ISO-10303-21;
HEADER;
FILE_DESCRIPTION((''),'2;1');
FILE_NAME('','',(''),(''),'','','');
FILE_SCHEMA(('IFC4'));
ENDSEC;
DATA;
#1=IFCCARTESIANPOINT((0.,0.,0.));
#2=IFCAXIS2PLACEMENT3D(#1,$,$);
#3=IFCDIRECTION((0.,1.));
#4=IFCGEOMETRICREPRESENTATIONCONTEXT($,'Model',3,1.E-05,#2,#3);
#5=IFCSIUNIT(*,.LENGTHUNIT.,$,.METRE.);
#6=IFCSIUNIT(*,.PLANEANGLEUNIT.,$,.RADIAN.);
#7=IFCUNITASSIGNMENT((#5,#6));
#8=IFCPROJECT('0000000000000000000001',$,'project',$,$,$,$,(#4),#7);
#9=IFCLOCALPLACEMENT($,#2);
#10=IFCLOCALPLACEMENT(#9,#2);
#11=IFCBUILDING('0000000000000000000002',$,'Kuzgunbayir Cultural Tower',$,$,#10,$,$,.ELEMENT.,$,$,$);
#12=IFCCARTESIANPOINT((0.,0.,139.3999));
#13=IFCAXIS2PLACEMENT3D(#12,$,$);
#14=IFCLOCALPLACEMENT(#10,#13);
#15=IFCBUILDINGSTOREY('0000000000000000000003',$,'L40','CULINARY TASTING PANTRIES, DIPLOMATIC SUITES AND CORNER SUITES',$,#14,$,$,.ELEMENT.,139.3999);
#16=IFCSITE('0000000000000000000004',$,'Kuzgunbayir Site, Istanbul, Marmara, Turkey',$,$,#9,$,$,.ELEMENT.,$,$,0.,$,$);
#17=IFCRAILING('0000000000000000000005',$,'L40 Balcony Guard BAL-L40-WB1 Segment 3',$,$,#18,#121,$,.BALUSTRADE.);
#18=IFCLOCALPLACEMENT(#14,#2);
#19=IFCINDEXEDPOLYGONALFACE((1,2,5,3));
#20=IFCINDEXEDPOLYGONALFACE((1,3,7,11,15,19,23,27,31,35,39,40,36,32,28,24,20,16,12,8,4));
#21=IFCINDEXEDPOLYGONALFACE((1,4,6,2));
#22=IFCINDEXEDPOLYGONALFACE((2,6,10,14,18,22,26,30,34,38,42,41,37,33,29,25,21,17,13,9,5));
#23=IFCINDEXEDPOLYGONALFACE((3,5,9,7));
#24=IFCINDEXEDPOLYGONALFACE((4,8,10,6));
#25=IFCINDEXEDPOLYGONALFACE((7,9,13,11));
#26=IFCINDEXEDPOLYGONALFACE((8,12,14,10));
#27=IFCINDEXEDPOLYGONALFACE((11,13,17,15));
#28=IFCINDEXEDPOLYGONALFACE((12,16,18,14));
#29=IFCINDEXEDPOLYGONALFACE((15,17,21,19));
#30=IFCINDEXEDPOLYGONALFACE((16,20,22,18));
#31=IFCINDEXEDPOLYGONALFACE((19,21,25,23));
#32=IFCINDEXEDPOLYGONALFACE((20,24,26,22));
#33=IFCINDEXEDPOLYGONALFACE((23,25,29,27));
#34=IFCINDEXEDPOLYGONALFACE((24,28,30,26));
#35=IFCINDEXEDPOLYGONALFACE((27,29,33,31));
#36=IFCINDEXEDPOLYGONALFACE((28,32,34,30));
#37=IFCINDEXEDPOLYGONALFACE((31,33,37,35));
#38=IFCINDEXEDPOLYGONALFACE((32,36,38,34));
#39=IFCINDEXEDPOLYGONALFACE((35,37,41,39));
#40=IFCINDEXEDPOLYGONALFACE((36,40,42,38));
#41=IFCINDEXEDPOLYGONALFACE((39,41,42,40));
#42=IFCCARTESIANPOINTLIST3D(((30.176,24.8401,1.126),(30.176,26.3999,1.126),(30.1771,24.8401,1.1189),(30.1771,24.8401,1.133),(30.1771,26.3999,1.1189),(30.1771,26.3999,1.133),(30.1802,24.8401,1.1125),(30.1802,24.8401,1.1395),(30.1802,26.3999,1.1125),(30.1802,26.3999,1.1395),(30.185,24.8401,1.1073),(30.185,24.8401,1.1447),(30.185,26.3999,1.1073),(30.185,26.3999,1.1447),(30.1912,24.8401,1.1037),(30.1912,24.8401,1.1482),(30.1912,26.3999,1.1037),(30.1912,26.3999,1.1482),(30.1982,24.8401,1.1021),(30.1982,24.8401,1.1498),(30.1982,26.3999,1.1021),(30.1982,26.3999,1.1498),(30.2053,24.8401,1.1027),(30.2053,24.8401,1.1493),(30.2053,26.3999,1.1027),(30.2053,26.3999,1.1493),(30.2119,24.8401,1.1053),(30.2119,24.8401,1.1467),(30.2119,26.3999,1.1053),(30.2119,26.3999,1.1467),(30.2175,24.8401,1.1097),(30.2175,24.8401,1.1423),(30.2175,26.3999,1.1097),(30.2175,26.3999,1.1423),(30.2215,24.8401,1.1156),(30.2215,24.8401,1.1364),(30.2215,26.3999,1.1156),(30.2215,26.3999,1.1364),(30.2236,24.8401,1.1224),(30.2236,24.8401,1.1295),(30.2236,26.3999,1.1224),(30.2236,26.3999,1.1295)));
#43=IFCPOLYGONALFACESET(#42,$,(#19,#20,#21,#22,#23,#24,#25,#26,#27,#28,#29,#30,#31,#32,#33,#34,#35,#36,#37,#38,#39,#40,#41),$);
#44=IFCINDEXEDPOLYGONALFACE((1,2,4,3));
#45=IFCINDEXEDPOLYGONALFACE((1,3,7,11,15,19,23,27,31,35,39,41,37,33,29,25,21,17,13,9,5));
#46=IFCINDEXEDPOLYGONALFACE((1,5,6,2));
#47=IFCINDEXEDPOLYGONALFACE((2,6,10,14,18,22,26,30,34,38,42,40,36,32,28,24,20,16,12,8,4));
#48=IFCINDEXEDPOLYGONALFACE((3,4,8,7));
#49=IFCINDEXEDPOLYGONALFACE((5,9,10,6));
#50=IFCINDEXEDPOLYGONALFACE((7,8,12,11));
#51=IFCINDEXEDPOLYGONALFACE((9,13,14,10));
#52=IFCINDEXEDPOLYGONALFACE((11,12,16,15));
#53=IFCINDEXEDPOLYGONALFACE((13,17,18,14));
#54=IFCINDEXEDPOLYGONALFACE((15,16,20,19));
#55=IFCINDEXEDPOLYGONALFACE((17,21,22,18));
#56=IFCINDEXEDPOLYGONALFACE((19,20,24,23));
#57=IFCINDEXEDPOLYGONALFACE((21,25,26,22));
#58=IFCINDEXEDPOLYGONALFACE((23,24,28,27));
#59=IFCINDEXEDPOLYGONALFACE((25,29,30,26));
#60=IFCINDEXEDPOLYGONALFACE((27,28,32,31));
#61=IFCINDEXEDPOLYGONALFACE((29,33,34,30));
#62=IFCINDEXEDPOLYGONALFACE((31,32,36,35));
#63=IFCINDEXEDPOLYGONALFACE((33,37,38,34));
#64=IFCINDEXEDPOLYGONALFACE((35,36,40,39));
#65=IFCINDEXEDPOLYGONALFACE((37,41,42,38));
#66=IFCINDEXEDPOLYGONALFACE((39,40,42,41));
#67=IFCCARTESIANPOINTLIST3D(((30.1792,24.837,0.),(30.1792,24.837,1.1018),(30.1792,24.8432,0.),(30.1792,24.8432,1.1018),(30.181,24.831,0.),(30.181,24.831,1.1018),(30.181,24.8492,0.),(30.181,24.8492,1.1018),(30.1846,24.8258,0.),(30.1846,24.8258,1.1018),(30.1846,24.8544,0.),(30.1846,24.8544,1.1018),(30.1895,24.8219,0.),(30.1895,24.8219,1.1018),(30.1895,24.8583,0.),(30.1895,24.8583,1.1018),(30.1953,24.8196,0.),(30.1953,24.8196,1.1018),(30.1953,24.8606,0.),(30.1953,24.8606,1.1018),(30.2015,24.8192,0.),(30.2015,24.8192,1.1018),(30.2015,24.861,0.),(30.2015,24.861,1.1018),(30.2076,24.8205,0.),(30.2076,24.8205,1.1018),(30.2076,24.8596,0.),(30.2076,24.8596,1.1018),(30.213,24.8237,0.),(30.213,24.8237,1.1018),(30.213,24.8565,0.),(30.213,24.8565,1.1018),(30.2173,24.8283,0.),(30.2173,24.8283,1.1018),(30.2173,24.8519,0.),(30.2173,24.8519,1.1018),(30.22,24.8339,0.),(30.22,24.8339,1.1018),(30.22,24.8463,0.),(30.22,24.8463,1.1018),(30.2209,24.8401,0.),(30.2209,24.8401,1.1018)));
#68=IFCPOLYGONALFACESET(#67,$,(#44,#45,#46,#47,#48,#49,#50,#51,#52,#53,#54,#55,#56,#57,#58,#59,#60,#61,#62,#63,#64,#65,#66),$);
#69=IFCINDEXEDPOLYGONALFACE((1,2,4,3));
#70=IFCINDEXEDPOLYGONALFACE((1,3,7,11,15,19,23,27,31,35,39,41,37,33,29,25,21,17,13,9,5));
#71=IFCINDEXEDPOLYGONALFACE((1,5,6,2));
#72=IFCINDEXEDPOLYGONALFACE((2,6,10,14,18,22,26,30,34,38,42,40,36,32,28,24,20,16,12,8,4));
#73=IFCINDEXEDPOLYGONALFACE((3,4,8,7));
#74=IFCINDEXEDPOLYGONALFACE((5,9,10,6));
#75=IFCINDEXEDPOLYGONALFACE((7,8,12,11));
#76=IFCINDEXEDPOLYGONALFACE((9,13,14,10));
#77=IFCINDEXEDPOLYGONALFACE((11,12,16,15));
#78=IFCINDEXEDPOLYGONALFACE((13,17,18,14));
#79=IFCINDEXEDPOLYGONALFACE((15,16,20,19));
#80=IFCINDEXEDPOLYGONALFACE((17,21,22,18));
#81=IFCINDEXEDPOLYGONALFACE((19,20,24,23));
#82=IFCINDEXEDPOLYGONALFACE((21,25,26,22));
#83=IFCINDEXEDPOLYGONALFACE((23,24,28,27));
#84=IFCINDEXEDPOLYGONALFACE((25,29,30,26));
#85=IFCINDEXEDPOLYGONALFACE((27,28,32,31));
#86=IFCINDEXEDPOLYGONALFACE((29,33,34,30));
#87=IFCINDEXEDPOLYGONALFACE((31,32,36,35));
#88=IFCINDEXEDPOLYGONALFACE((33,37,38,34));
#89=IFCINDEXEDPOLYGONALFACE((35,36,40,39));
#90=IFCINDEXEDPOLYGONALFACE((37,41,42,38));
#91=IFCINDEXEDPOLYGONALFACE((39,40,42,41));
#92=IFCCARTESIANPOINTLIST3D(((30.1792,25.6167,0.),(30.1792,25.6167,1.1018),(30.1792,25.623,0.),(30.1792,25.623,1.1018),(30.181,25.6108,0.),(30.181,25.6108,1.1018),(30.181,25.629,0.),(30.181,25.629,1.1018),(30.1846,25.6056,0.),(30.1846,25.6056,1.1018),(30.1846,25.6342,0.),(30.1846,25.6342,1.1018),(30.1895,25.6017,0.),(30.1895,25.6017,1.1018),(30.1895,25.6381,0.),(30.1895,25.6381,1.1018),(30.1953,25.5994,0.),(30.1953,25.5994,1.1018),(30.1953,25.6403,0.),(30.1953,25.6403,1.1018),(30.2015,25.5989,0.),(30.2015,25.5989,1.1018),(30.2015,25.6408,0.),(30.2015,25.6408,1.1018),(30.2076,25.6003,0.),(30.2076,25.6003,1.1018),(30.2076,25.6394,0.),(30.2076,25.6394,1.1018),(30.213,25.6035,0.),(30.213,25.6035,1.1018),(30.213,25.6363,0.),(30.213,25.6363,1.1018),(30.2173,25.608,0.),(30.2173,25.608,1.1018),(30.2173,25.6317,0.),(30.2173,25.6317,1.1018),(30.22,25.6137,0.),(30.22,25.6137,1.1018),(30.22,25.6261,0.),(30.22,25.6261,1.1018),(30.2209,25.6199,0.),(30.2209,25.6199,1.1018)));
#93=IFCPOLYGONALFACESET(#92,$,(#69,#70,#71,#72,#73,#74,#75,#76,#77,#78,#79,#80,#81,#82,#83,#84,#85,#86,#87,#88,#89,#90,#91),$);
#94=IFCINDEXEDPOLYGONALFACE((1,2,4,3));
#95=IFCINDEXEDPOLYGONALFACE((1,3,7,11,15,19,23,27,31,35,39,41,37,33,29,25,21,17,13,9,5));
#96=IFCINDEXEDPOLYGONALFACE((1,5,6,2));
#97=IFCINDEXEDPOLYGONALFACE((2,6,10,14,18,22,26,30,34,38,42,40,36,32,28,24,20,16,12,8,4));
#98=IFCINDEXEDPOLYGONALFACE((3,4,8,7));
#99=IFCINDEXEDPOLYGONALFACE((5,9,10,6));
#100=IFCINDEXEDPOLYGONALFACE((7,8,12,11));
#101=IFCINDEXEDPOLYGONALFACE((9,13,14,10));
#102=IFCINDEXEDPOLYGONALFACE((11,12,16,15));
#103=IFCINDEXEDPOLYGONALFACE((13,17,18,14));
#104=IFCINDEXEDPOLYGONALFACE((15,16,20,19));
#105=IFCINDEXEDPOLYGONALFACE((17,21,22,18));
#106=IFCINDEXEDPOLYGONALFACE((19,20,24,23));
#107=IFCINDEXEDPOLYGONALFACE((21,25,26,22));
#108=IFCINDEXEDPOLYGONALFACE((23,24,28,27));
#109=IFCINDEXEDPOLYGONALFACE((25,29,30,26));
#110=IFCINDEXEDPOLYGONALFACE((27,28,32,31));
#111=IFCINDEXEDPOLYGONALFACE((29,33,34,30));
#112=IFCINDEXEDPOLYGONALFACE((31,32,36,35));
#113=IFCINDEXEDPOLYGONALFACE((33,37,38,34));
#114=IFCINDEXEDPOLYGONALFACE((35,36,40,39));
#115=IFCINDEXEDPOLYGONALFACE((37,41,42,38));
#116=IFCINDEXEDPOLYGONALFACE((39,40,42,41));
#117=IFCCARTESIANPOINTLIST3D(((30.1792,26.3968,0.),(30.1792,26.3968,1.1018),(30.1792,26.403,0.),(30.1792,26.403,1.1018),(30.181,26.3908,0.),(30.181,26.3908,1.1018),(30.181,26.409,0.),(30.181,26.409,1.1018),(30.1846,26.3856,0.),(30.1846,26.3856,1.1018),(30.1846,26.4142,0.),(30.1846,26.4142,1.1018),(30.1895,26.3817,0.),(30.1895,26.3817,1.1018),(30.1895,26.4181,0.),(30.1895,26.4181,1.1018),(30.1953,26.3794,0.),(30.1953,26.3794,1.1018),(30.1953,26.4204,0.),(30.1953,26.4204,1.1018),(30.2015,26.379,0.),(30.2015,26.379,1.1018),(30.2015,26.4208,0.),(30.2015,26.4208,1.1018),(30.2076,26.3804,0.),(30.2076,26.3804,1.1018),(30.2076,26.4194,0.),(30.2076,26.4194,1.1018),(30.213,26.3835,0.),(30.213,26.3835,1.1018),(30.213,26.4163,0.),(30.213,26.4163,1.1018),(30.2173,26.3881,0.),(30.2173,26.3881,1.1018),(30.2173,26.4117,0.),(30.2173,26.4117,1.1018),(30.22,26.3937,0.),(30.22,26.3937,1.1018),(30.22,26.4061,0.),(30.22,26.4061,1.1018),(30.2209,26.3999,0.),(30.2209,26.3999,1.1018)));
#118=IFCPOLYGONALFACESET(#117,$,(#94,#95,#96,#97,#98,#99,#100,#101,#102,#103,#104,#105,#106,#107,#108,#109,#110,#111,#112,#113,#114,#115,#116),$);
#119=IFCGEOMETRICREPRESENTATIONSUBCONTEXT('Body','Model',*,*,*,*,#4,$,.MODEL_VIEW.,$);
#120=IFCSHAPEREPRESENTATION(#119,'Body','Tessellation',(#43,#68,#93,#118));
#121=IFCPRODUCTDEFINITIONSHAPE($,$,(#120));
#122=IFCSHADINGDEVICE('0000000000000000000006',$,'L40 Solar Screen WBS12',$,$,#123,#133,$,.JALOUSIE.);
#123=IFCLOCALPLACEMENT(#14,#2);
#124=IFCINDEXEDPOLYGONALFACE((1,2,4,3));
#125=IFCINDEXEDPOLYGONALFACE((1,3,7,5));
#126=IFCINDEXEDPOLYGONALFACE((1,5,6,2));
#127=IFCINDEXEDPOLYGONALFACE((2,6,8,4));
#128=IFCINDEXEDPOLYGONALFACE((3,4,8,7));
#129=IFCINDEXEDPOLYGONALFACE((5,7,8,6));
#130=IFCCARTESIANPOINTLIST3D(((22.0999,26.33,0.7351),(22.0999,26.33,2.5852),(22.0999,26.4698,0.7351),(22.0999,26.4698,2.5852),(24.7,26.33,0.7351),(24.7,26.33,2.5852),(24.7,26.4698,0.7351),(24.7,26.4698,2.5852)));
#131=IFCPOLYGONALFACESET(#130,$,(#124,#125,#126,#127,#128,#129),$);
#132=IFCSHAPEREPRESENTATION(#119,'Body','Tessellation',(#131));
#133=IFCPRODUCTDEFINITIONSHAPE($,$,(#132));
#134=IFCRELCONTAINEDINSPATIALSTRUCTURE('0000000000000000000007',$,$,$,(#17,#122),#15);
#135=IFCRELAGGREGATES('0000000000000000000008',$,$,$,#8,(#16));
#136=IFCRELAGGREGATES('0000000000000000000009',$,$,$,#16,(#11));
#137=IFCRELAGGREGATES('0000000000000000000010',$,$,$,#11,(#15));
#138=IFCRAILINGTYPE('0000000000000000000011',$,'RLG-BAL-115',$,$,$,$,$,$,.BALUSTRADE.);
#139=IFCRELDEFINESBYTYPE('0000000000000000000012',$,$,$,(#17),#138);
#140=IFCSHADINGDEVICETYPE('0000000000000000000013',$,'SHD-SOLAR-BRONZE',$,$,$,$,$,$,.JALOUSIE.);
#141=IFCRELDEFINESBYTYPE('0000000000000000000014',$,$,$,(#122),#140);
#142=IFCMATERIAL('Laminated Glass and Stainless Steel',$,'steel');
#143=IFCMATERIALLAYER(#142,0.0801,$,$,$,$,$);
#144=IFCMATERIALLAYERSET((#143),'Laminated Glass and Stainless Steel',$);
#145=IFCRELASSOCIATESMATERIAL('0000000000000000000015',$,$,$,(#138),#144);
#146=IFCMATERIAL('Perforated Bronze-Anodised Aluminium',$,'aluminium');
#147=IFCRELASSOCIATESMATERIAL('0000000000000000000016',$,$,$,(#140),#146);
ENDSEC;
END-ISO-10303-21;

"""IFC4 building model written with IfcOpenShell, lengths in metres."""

from ifc_helpers import new_model, si_unit, direction, frame, origin, origin_2d, place, context, subcontext, project, spatial, rectangle, circle, extrude, material, layer, layer_set, type_object, element, save


model = new_model("IFC4")

# Units and contexts
model_context = context("Model", 3, precision=1e-05, world=origin(), true_north=direction((0.0, 1.0)))
body_context = subcontext(model_context, "Body", "Model", "MODEL_VIEW")
ifc_project = project(units=[si_unit("LENGTHUNIT", "METRE"), si_unit("PLANEANGLEUNIT", "RADIAN")], contexts=[model_context])

# Site, building, storey
site_placement = place(None, origin())
site = spatial("IfcSite", under=ifc_project, at=site_placement, Name="Kuzgunbayir Site, Istanbul, Marmara, Turkey", CompositionType="ELEMENT", RefElevation=0.0)
building_placement = place(site_placement, origin())
building = spatial("IfcBuilding", under=site, at=building_placement, Name="Kuzgunbayir Cultural Tower", CompositionType="ELEMENT")
storey_placement = place(building_placement, frame((0.0, 0.0, 139.3999)))
storey = spatial("IfcBuildingStorey", under=building, at=storey_placement, Name="L40", Description="CULINARY TASTING PANTRIES, DIPLOMATIC SUITES AND CORNER SUITES", CompositionType="ELEMENT", Elevation=139.3999)

# Railing
ifc_material_1 = material(Name="Laminated Glass and Stainless Steel", Category="steel")
ifc_layer_1 = layer(ifc_material_1, 0.0801)
ifc_layer_set_1 = layer_set([ifc_layer_1], Name="Laminated Glass and Stainless Steel")
railing_type = type_object("IfcRailingType", Name="RLG-BAL-115", PredefinedType="BALUSTRADE", material=ifc_layer_set_1)
railing_1_placement = place(storey_placement, frame((30.2, 24.8401, 0.0)))
element("IfcRailing", 1, at=railing_1_placement, inside=storey, type_object=railing_type, Name="L40 Balcony Guard BAL-L40-WB1 Segment 3", PredefinedType="BALUSTRADE", context=body_context, shape_type="SweptSolid", body=[
    extrude(circle(Radius=0.0239, at=origin_2d()), frame((0.0, 0.0, 1.126), z_axis=(0.0, 1.0, 0.0), x_axis=(-1.0, 0.0, 0.0)), (0.0, 0.0, 1.0), 1.5598),
    extrude(circle(Radius=0.021, at=origin_2d()), origin(), (0.0, 0.0, 1.0), 1.1018),
    extrude(circle(Radius=0.021, at=origin_2d()), frame((0.0, 0.7798, 0.0)), (0.0, 0.0, 1.0), 1.1018),
    extrude(circle(Radius=0.021, at=origin_2d()), frame((0.0, 1.5598, 0.0)), (0.0, 0.0, 1.0), 1.1018),
])

# Shading device
ifc_material_2 = material(Name="Perforated Bronze-Anodised Aluminium", Category="aluminium")
shading_device_type = type_object("IfcShadingDeviceType", Name="SHD-SOLAR-BRONZE", PredefinedType="JALOUSIE", material=ifc_material_2)
shading_device_placement = place(storey_placement, frame((23.3999, 26.3999, 0.7351), z_axis=(0.0, 0.0, 1.0), x_axis=(1.0, 0.0, 0.0)))
element("IfcShadingDevice", 2, at=shading_device_placement, inside=storey, type_object=shading_device_type, Name="L40 Solar Screen WBS12", PredefinedType="JALOUSIE", context=body_context, shape_type="SweptSolid", body=[
    extrude(rectangle(XDim=2.6001, YDim=0.1399, at=origin_2d()), origin(), (0.0, 0.0, 1.0), 1.8501),
])

save(model, "model.ifc")
